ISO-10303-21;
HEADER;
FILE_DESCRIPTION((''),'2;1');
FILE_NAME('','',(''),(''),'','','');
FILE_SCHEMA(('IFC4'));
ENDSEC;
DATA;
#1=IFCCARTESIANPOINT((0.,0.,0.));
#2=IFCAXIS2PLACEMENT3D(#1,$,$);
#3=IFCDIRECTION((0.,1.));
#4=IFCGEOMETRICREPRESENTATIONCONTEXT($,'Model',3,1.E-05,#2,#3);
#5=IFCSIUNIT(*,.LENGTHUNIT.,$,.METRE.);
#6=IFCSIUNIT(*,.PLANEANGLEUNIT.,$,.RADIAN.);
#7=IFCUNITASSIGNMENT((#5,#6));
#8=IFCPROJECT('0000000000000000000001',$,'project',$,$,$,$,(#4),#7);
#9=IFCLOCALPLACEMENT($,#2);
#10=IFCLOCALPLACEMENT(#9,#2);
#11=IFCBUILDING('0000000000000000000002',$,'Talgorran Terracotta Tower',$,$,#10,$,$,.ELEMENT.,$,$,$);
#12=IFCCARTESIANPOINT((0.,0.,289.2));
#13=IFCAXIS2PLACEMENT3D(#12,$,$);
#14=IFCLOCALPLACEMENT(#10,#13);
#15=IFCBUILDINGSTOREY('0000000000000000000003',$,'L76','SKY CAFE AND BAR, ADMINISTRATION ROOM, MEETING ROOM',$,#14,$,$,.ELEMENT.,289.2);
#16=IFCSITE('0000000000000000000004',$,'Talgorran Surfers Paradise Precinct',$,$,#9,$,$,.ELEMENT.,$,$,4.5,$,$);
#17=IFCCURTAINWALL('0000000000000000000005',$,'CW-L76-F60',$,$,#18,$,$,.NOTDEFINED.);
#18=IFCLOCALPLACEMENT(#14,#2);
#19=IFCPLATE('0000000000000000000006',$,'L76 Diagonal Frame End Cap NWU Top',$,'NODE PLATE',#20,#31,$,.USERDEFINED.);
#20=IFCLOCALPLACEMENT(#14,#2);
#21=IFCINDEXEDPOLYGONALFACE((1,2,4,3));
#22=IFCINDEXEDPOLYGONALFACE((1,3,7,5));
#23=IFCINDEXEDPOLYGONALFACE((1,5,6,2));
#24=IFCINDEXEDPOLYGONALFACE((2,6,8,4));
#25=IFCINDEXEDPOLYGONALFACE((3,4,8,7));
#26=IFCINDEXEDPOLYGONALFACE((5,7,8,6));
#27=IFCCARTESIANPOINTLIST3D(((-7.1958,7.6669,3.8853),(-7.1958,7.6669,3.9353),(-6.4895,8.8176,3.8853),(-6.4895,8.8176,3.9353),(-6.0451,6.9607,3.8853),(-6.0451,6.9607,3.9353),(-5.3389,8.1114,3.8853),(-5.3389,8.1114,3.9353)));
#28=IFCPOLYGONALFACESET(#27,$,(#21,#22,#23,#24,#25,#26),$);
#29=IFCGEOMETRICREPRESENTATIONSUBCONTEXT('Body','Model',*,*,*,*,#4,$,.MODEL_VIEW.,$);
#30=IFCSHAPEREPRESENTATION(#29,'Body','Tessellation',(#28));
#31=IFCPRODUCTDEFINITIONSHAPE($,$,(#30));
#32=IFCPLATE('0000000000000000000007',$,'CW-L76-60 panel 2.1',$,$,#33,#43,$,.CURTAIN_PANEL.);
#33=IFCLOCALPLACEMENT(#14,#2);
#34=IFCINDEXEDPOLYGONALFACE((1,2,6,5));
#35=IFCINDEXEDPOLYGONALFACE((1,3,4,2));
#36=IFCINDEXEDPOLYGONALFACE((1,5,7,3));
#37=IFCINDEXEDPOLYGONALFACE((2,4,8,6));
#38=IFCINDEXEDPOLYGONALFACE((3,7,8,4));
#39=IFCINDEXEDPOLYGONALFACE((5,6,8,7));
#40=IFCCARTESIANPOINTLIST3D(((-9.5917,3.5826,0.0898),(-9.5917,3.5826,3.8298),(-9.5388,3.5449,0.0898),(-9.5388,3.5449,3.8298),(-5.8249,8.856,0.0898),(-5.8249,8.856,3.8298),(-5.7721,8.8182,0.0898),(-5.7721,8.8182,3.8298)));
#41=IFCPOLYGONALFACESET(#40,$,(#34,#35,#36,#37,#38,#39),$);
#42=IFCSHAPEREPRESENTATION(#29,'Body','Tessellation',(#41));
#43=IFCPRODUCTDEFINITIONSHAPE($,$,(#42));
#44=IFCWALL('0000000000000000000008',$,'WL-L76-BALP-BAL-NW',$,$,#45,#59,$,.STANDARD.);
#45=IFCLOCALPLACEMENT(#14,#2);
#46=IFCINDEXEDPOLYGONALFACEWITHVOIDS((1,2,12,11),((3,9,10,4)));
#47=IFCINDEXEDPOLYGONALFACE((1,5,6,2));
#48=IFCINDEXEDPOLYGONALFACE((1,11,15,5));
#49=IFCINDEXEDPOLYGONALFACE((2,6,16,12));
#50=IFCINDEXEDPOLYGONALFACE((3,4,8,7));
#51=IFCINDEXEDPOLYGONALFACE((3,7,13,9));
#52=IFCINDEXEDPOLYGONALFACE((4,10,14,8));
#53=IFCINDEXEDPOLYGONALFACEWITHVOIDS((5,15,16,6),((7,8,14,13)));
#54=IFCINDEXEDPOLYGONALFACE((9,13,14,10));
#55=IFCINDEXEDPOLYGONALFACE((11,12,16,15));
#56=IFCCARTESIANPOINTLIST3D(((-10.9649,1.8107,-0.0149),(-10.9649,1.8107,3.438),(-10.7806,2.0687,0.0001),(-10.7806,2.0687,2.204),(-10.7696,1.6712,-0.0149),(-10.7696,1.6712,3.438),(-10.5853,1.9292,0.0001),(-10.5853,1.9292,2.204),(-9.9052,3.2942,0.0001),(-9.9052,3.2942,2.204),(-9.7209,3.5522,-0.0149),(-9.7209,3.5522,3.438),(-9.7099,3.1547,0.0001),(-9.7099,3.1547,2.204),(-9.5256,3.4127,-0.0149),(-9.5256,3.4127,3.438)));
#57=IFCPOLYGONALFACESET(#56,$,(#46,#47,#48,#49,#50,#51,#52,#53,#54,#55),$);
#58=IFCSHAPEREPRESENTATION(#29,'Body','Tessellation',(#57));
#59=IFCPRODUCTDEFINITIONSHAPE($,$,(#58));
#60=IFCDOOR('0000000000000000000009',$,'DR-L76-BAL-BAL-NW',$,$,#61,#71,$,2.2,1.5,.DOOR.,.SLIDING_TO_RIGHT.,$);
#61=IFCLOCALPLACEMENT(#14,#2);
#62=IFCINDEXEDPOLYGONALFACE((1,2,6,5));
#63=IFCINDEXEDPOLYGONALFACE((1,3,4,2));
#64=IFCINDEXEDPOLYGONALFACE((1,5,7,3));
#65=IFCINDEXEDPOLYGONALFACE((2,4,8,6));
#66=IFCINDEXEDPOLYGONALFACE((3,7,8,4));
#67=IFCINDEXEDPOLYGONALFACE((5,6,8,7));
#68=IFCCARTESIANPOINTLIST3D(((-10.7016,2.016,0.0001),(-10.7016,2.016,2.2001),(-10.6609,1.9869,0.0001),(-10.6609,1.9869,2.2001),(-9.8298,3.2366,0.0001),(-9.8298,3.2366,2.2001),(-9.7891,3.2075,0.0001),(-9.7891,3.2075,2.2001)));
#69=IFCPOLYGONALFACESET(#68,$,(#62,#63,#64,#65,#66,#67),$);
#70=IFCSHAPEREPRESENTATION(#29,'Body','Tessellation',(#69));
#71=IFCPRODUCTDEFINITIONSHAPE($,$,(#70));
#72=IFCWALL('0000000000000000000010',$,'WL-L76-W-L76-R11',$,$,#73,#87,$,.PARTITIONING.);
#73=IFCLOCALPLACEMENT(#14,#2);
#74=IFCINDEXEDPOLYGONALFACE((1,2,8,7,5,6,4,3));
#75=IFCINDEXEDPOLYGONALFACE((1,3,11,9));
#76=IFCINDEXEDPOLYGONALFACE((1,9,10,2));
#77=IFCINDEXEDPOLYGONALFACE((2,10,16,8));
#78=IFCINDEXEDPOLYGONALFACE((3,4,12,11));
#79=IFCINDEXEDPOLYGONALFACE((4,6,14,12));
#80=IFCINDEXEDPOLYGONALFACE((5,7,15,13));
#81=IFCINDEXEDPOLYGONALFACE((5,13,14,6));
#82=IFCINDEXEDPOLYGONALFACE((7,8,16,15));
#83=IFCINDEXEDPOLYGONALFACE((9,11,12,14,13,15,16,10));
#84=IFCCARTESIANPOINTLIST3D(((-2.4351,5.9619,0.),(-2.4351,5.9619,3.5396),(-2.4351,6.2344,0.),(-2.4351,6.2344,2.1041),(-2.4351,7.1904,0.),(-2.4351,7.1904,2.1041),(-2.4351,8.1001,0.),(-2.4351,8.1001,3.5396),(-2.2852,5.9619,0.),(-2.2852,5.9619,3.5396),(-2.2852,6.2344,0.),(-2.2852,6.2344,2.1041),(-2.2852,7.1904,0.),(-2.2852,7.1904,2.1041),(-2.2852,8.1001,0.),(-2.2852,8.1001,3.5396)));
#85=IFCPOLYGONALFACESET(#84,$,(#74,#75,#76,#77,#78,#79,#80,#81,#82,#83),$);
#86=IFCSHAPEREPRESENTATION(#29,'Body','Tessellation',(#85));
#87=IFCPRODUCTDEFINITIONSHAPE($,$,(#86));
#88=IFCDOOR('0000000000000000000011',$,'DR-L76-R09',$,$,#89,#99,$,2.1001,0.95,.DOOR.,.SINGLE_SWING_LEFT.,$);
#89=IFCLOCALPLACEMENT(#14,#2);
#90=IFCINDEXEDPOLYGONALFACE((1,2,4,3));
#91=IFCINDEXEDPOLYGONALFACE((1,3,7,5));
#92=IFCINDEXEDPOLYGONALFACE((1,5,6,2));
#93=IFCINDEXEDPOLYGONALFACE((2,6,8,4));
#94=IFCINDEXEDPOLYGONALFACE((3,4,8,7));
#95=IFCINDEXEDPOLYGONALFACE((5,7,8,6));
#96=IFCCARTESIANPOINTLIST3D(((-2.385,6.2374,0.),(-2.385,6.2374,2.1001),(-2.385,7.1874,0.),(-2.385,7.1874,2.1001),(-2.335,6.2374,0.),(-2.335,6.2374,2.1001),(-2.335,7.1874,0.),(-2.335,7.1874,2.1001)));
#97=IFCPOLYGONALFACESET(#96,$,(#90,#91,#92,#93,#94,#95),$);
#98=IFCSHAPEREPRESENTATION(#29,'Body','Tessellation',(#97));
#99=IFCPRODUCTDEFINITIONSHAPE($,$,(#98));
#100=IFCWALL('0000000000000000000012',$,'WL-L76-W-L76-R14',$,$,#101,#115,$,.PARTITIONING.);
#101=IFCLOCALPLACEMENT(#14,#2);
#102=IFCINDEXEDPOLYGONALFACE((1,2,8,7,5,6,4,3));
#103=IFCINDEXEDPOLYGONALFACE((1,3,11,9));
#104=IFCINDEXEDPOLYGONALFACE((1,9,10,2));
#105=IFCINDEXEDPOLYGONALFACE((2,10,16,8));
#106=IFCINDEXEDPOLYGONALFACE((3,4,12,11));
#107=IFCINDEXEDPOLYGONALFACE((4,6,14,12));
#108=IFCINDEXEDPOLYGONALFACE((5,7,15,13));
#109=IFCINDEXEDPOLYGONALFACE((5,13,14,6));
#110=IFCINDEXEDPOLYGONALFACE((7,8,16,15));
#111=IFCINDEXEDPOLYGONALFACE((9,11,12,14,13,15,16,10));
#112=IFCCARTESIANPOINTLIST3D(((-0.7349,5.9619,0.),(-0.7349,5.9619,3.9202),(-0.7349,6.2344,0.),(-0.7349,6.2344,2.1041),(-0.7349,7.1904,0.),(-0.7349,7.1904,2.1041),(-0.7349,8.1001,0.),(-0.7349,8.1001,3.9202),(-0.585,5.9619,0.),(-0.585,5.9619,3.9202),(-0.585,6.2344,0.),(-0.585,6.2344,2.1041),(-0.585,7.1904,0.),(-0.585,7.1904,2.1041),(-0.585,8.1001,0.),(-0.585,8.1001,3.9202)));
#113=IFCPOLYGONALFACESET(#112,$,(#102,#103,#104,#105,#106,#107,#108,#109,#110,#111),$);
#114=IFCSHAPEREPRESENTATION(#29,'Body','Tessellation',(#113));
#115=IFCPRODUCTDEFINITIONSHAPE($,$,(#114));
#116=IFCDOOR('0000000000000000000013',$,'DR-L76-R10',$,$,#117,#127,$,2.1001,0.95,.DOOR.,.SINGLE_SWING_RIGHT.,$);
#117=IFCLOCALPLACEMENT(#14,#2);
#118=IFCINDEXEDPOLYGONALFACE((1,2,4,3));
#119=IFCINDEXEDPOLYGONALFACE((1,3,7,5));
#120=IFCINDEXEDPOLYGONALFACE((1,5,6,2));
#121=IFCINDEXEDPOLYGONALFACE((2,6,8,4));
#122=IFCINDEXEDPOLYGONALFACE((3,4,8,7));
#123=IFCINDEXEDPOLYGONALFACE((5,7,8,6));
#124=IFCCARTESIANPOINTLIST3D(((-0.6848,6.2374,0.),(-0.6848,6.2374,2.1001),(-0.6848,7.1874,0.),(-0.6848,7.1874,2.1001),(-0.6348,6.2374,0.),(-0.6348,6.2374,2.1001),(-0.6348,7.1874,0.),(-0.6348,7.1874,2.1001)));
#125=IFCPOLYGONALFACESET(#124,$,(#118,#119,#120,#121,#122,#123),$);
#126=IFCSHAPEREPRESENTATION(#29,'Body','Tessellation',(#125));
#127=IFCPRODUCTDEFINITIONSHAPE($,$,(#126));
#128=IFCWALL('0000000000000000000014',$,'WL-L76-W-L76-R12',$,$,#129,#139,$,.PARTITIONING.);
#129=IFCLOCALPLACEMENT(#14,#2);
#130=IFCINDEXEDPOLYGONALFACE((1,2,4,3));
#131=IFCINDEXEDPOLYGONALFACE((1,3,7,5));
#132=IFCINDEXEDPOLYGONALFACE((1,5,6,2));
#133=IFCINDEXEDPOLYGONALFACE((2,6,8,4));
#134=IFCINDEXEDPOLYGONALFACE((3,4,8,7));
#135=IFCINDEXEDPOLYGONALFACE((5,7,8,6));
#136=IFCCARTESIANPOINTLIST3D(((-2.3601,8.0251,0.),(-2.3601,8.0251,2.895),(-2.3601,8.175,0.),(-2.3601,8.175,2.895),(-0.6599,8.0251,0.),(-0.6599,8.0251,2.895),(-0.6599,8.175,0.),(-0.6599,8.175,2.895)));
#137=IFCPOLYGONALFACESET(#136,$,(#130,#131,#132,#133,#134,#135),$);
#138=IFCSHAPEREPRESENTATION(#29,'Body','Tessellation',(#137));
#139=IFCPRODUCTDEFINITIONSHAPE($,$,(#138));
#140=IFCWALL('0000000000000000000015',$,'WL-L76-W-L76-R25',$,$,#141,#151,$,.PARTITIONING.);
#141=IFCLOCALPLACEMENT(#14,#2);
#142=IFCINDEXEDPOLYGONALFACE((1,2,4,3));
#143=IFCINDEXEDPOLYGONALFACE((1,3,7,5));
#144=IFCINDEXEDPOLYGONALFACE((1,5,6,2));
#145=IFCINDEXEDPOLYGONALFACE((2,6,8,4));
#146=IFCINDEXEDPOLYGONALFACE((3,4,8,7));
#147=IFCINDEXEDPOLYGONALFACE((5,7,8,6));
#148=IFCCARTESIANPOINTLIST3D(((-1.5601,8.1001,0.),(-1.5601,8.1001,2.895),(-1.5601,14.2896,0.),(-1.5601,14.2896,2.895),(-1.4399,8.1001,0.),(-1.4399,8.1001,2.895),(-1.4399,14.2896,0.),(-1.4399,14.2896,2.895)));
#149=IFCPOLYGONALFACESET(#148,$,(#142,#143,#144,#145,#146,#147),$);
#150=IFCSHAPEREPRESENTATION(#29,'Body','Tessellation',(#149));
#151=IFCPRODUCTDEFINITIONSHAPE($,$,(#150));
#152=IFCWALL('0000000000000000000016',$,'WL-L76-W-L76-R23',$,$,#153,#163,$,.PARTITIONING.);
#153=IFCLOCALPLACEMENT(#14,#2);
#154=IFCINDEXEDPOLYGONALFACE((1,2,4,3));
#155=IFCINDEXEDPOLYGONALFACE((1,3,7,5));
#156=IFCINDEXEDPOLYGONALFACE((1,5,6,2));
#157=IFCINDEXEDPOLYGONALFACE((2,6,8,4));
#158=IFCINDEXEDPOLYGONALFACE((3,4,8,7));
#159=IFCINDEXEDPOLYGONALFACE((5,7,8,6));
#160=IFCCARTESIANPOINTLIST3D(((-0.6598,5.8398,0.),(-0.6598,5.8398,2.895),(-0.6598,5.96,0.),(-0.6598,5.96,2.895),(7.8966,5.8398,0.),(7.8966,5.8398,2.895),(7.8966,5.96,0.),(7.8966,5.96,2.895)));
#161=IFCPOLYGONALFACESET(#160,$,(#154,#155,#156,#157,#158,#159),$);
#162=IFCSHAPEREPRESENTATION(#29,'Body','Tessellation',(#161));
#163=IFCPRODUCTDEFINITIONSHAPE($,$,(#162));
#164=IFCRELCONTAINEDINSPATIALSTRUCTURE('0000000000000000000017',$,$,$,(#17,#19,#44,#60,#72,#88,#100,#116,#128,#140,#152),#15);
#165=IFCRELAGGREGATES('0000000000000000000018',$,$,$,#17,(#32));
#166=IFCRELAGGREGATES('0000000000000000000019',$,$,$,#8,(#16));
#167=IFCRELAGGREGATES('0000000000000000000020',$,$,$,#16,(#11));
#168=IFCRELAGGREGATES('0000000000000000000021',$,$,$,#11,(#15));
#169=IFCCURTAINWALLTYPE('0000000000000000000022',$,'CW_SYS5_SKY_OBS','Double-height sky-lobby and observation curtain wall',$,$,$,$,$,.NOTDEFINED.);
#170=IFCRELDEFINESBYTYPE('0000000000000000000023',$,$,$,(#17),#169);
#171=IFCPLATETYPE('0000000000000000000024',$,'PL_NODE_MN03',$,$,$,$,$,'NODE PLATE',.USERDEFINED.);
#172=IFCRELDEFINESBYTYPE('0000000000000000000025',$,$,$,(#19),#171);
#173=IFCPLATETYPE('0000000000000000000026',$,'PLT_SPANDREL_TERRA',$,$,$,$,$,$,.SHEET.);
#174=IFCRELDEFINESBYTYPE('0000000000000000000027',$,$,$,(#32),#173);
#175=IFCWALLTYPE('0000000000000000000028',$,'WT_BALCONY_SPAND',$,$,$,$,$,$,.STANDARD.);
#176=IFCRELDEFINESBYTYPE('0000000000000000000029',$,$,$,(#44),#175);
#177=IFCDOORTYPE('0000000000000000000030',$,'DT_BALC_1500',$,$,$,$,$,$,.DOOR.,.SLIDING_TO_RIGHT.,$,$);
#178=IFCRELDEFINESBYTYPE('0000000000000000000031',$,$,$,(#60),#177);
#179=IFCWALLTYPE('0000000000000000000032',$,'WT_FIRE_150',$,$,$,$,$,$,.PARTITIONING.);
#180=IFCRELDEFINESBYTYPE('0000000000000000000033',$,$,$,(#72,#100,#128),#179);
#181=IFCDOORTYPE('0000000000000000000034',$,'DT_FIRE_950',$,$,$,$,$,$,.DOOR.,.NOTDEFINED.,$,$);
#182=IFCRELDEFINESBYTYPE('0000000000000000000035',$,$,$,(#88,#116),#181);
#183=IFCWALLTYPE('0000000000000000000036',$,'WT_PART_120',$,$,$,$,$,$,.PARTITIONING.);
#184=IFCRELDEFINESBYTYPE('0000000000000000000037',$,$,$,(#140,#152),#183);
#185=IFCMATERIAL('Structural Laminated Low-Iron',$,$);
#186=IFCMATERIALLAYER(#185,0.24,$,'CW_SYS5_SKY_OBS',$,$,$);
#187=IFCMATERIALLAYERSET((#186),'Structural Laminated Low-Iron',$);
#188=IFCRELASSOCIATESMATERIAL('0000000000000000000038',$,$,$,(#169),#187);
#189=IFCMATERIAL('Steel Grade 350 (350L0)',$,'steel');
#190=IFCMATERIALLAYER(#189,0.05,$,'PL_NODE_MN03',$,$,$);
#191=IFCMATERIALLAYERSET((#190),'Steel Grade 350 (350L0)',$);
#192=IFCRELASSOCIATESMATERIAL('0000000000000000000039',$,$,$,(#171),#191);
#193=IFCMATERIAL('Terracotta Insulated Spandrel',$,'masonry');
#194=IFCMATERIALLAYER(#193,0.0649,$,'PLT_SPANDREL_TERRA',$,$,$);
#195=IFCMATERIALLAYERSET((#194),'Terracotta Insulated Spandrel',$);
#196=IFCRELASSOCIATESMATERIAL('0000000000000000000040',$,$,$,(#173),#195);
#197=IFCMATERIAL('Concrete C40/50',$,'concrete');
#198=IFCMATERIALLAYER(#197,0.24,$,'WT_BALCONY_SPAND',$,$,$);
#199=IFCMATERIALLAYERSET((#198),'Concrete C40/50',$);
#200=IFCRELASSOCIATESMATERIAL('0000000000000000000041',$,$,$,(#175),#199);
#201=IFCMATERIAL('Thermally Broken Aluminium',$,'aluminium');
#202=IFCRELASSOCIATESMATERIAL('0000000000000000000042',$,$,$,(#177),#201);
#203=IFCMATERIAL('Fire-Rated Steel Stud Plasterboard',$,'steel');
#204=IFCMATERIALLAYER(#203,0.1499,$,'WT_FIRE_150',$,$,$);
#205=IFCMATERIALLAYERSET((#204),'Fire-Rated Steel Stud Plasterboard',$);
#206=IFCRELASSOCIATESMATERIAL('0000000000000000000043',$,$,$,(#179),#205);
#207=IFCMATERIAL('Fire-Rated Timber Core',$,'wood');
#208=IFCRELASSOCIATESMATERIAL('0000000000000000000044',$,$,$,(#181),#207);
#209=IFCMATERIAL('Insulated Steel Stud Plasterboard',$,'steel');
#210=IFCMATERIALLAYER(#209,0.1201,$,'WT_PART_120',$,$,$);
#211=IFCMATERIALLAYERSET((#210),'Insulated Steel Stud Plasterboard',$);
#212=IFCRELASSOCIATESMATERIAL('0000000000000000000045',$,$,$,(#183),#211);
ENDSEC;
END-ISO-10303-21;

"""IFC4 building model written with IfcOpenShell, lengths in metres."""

from ifc_helpers import new_model, si_unit, direction, frame, frame_2d, origin, origin_2d, place, context, subcontext, project, spatial, rectangle, extrude, source, transform, mapped, material, layer, layer_set, type_object, type_shapes, element, fill, aggregate, save


model = new_model("IFC4")

# Units and contexts
model_context = context("Model", 3, precision=1e-05, world=origin(), true_north=direction((0.0, 1.0)))
body_context = subcontext(model_context, "Body", "Model", "MODEL_VIEW")
ifc_project = project(units=[si_unit("LENGTHUNIT", "METRE"), si_unit("PLANEANGLEUNIT", "RADIAN")], contexts=[model_context])

# Site, building, storey
site_placement = place(None, origin())
site = spatial("IfcSite", under=ifc_project, at=site_placement, Name="Talgorran Surfers Paradise Precinct", CompositionType="ELEMENT", RefElevation=4.5)
building_placement = place(site_placement, origin())
building = spatial("IfcBuilding", under=site, at=building_placement, Name="Talgorran Terracotta Tower", CompositionType="ELEMENT")
storey_placement = place(building_placement, frame((0.0, 0.0, 289.2)))
storey = spatial("IfcBuildingStorey", under=building, at=storey_placement, Name="L76", Description="SKY CAFE AND BAR, ADMINISTRATION ROOM, MEETING ROOM", CompositionType="ELEMENT", Elevation=289.2)

# Shared definitions
ifc_material_1 = material(Name="Steel Grade 350 (350L0)", Category="steel")

# Curtain wall
ifc_material_2 = material(Name="Structural Laminated Low-Iron")
ifc_layer_1 = layer(ifc_material_2, 0.24, Name="CW_SYS5_SKY_OBS")
ifc_layer_set_1 = layer_set([ifc_layer_1], Name="Structural Laminated Low-Iron")
curtain_wall_type = type_object("IfcCurtainWallType", Name="CW_SYS5_SKY_OBS", Description="Double-height sky-lobby and observation curtain wall", PredefinedType="NOTDEFINED", material=ifc_layer_set_1)
curtain_wall_placement = place(storey_placement, origin())
curtain_wall = element("IfcCurtainWall", 1, at=curtain_wall_placement, inside=storey, type_object=curtain_wall_type, Name="CW-L76-F60", PredefinedType="NOTDEFINED")

# Plate
ifc_layer_2 = layer(ifc_material_1, 0.05, Name="PL_NODE_MN03")
ifc_layer_set_2 = layer_set([ifc_layer_2], Name="Steel Grade 350 (350L0)")
plate_type_1 = type_object("IfcPlateType", Name="PL_NODE_MN03", ElementType="NODE PLATE", PredefinedType="USERDEFINED", material=ifc_layer_set_2)
plate_1_placement = place(storey_placement, frame((-6.2673, 7.8892, 3.8853), z_axis=(0.0, 0.0, 1.0), x_axis=(-0.523094, -0.852275, 0.0)))
element("IfcPlate", 2, at=plate_1_placement, inside=storey, type_object=plate_type_1, Name="L76 Diagonal Frame End Cap NWU Top", ObjectType="NODE PLATE", PredefinedType="USERDEFINED", context=body_context, shape_type="SweptSolid", body=[
    extrude(rectangle(XDim=1.3501, YDim=1.3501, at=origin_2d()), origin(), (0.0, 0.0, 1.0), 0.05),
])

# Plate
ifc_material_3 = material(Name="Terracotta Insulated Spandrel", Category="masonry")
ifc_layer_3 = layer(ifc_material_3, 0.0649, Name="PLT_SPANDREL_TERRA")
ifc_layer_set_3 = layer_set([ifc_layer_3], Name="Terracotta Insulated Spandrel")
plate_type_2 = type_object("IfcPlateType", Name="PLT_SPANDREL_TERRA", PredefinedType="SHEET", material=ifc_layer_set_3)
shared_shape = source(origin(), body_context, "Body", "SweptSolid", [
    extrude(rectangle(XDim=6.4805, YDim=0.0649, at=origin_2d()), origin(), (0.0, 0.0, 1.0), 3.74),
])
type_shapes(plate_type_2, [shared_shape])
plate_2_placement = place(storey_placement, frame((-7.6819, 6.2004, 0.0898), z_axis=(0.0, 0.0, 1.0), x_axis=(-0.581245, -0.813728, 0.0)))
plate_2 = element("IfcPlate", 3, at=plate_2_placement, type_object=plate_type_2, Name="CW-L76-60 panel 2.1", PredefinedType="CURTAIN_PANEL", context=body_context, shape_type="MappedRepresentation", body=[
    mapped(shared_shape, transform((0.0, 0.0, 0.0), scale=1.0)),
])
aggregate(curtain_wall, [plate_2])

# Walls, openings, doors
ifc_material_4 = material(Name="Concrete C40/50", Category="concrete")
ifc_layer_4 = layer(ifc_material_4, 0.24, Name="WT_BALCONY_SPAND")
ifc_layer_set_4 = layer_set([ifc_layer_4], Name="Concrete C40/50")
wall_type_1 = type_object("IfcWallType", Name="WT_BALCONY_SPAND", PredefinedType="STANDARD", material=ifc_layer_set_4)
wall_1_placement = place(storey_placement, frame((-9.6233, 3.4824, -0.0149), z_axis=(0.0, 0.0, 1.0), x_axis=(-0.581238, -0.813733, 0.0)))
wall_1 = element("IfcWall", 4, at=wall_1_placement, inside=storey, type_object=wall_type_1, Name="WL-L76-BALP-BAL-NW", PredefinedType="STANDARD", context=body_context, shape_type="SweptSolid", body=[
    extrude(rectangle(XDim=2.1401, YDim=0.24, at=frame_2d((1.0701, 0.0))), origin(), (0.0, 0.0, 1.0), 3.4529),
])
opening_1_placement = place(wall_1_placement, frame((0.3201, 0.0, 0.0149)))
opening_1 = element("IfcOpeningElement", 5, at=opening_1_placement, cuts=wall_1, PredefinedType="OPENING", context=body_context, shape_type="SweptSolid", body=[
    extrude(rectangle(XDim=1.506, YDim=2.204, at=frame_2d((0.75, 1.1021))), frame((0.0, 0.1299, 0.0), z_axis=(0.0, -1.0, 0.0), x_axis=(1.0, 0.0, 0.0)), (0.0, 0.0, 1.0), 0.26),
])
ifc_material_5 = material(Name="Thermally Broken Aluminium", Category="aluminium")
door_type_1 = type_object("IfcDoorType", Name="DT_BALC_1500", OperationType="SLIDING_TO_RIGHT", PredefinedType="DOOR", material=ifc_material_5)
door_1_placement = place(opening_1_placement, origin())
door_1 = element("IfcDoor", 6, at=door_1_placement, inside=storey, type_object=door_type_1, Name="DR-L76-BAL-BAL-NW", OperationType="SLIDING_TO_RIGHT", OverallHeight=2.2, OverallWidth=1.5, PredefinedType="DOOR", context=body_context, shape_type="SweptSolid", body=[
    extrude(rectangle(XDim=1.5, YDim=2.2, at=frame_2d((0.75, 1.1001))), frame((0.0, 0.0249, 0.0), z_axis=(0.0, -1.0, 0.0), x_axis=(1.0, 0.0, 0.0)), (0.0, 0.0, 1.0), 0.05),
])
fill(opening_1, door_1)
ifc_material_6 = material(Name="Fire-Rated Steel Stud Plasterboard", Category="steel")
ifc_layer_5 = layer(ifc_material_6, 0.1499, Name="WT_FIRE_150")
ifc_layer_set_5 = layer_set([ifc_layer_5], Name="Fire-Rated Steel Stud Plasterboard")
wall_type_2 = type_object("IfcWallType", Name="WT_FIRE_150", PredefinedType="PARTITIONING", material=ifc_layer_set_5)
wall_2_placement = place(storey_placement, frame((-2.3601, 5.9619, 0.0), z_axis=(0.0, 0.0, 1.0), x_axis=(0.0, 1.0, 0.0)))
wall_2 = element("IfcWall", 7, at=wall_2_placement, inside=storey, type_object=wall_type_2, Name="WL-L76-W-L76-R11", PredefinedType="PARTITIONING", context=body_context, shape_type="SweptSolid", body=[
    extrude(rectangle(XDim=2.1382, YDim=0.1499, at=frame_2d((1.0691, 0.0))), origin(), (0.0, 0.0, 1.0), 3.5396),
])
opening_2_placement = place(wall_2_placement, frame((0.2754, 0.0, 0.0)))
opening_2 = element("IfcOpeningElement", 8, at=opening_2_placement, cuts=wall_2, PredefinedType="OPENING", context=body_context, shape_type="SweptSolid", body=[
    extrude(rectangle(XDim=0.956, YDim=2.1041, at=frame_2d((0.4751, 1.052))), frame((0.0, 0.085, 0.0), z_axis=(0.0, -1.0, 0.0), x_axis=(1.0, 0.0, 0.0)), (0.0, 0.0, 1.0), 0.1699),
])
ifc_material_7 = material(Name="Fire-Rated Timber Core", Category="wood")
door_type_2 = type_object("IfcDoorType", Name="DT_FIRE_950", OperationType="NOTDEFINED", PredefinedType="DOOR", material=ifc_material_7)
door_2_placement = place(opening_2_placement, origin())
door_2 = element("IfcDoor", 9, at=door_2_placement, inside=storey, type_object=door_type_2, Name="DR-L76-R09", OperationType="SINGLE_SWING_LEFT", OverallHeight=2.1001, OverallWidth=0.95, PredefinedType="DOOR", context=body_context, shape_type="SweptSolid", body=[
    extrude(rectangle(XDim=0.95, YDim=2.1001, at=frame_2d((0.4751, 1.05))), frame((0.0, 0.0249, 0.0), z_axis=(0.0, -1.0, 0.0), x_axis=(1.0, 0.0, 0.0)), (0.0, 0.0, 1.0), 0.05),
])
fill(opening_2, door_2)
wall_3_placement = place(storey_placement, frame((-0.6599, 5.9619, 0.0), z_axis=(0.0, 0.0, 1.0), x_axis=(0.0, 1.0, 0.0)))
wall_3 = element("IfcWall", 10, at=wall_3_placement, inside=storey, type_object=wall_type_2, Name="WL-L76-W-L76-R14", PredefinedType="PARTITIONING", context=body_context, shape_type="SweptSolid", body=[
    extrude(rectangle(XDim=2.1382, YDim=0.1499, at=frame_2d((1.0691, 0.0))), origin(), (0.0, 0.0, 1.0), 3.9202),
])
opening_3_placement = place(wall_3_placement, frame((0.2754, 0.0, 0.0)))
opening_3 = element("IfcOpeningElement", 11, at=opening_3_placement, cuts=wall_3, PredefinedType="OPENING", context=body_context, shape_type="SweptSolid", body=[
    extrude(rectangle(XDim=0.956, YDim=2.1041, at=frame_2d((0.4751, 1.052))), frame((0.0, 0.085, 0.0), z_axis=(0.0, -1.0, 0.0), x_axis=(1.0, 0.0, 0.0)), (0.0, 0.0, 1.0), 0.1699),
])
door_3_placement = place(opening_3_placement, origin())
door_3 = element("IfcDoor", 12, at=door_3_placement, inside=storey, type_object=door_type_2, Name="DR-L76-R10", OperationType="SINGLE_SWING_RIGHT", OverallHeight=2.1001, OverallWidth=0.95, PredefinedType="DOOR", context=body_context, shape_type="SweptSolid", body=[
    extrude(rectangle(XDim=0.95, YDim=2.1001, at=frame_2d((0.4751, 1.05))), frame((0.0, 0.0249, 0.0), z_axis=(0.0, -1.0, 0.0), x_axis=(1.0, 0.0, 0.0)), (0.0, 0.0, 1.0), 0.05),
])
fill(opening_3, door_3)

# Walls
wall_4_placement = place(storey_placement, frame((-2.3601, 8.1001, 0.0), z_axis=(0.0, 0.0, 1.0), x_axis=(1.0, 0.0, 0.0)))
element("IfcWall", 13, at=wall_4_placement, inside=storey, type_object=wall_type_2, Name="WL-L76-W-L76-R12", PredefinedType="PARTITIONING", context=body_context, shape_type="SweptSolid", body=[
    extrude(rectangle(XDim=1.7002, YDim=0.1499, at=frame_2d((0.8501, 0.0))), origin(), (0.0, 0.0, 1.0), 2.895),
])
ifc_material_8 = material(Name="Insulated Steel Stud Plasterboard", Category="steel")
ifc_layer_6 = layer(ifc_material_8, 0.1201, Name="WT_PART_120")
ifc_layer_set_6 = layer_set([ifc_layer_6], Name="Insulated Steel Stud Plasterboard")
wall_type_3 = type_object("IfcWallType", Name="WT_PART_120", PredefinedType="PARTITIONING", material=ifc_layer_set_6)
wall_5_placement = place(storey_placement, frame((-1.5, 8.1001, 0.0), z_axis=(0.0, 0.0, 1.0), x_axis=(0.0, 1.0, 0.0)))
element("IfcWall", 14, at=wall_5_placement, inside=storey, type_object=wall_type_3, Name="WL-L76-W-L76-R25", PredefinedType="PARTITIONING", context=body_context, shape_type="SweptSolid", body=[
    extrude(rectangle(XDim=6.1895, YDim=0.1201, at=frame_2d((3.0947, 0.0))), origin(), (0.0, 0.0, 1.0), 2.895),
])
wall_6_placement = place(storey_placement, frame((-0.6599, 5.8999, 0.0), z_axis=(0.0, 0.0, 1.0), x_axis=(1.0, 0.0, 0.0)))
element("IfcWall", 15, at=wall_6_placement, inside=storey, type_object=wall_type_3, Name="WL-L76-W-L76-R23", PredefinedType="PARTITIONING", context=body_context, shape_type="SweptSolid", body=[
    extrude(rectangle(XDim=8.5564, YDim=0.1201, at=frame_2d((4.2783, 0.0))), origin(), (0.0, 0.0, 1.0), 2.895),
])

save(model, "model.ifc")
